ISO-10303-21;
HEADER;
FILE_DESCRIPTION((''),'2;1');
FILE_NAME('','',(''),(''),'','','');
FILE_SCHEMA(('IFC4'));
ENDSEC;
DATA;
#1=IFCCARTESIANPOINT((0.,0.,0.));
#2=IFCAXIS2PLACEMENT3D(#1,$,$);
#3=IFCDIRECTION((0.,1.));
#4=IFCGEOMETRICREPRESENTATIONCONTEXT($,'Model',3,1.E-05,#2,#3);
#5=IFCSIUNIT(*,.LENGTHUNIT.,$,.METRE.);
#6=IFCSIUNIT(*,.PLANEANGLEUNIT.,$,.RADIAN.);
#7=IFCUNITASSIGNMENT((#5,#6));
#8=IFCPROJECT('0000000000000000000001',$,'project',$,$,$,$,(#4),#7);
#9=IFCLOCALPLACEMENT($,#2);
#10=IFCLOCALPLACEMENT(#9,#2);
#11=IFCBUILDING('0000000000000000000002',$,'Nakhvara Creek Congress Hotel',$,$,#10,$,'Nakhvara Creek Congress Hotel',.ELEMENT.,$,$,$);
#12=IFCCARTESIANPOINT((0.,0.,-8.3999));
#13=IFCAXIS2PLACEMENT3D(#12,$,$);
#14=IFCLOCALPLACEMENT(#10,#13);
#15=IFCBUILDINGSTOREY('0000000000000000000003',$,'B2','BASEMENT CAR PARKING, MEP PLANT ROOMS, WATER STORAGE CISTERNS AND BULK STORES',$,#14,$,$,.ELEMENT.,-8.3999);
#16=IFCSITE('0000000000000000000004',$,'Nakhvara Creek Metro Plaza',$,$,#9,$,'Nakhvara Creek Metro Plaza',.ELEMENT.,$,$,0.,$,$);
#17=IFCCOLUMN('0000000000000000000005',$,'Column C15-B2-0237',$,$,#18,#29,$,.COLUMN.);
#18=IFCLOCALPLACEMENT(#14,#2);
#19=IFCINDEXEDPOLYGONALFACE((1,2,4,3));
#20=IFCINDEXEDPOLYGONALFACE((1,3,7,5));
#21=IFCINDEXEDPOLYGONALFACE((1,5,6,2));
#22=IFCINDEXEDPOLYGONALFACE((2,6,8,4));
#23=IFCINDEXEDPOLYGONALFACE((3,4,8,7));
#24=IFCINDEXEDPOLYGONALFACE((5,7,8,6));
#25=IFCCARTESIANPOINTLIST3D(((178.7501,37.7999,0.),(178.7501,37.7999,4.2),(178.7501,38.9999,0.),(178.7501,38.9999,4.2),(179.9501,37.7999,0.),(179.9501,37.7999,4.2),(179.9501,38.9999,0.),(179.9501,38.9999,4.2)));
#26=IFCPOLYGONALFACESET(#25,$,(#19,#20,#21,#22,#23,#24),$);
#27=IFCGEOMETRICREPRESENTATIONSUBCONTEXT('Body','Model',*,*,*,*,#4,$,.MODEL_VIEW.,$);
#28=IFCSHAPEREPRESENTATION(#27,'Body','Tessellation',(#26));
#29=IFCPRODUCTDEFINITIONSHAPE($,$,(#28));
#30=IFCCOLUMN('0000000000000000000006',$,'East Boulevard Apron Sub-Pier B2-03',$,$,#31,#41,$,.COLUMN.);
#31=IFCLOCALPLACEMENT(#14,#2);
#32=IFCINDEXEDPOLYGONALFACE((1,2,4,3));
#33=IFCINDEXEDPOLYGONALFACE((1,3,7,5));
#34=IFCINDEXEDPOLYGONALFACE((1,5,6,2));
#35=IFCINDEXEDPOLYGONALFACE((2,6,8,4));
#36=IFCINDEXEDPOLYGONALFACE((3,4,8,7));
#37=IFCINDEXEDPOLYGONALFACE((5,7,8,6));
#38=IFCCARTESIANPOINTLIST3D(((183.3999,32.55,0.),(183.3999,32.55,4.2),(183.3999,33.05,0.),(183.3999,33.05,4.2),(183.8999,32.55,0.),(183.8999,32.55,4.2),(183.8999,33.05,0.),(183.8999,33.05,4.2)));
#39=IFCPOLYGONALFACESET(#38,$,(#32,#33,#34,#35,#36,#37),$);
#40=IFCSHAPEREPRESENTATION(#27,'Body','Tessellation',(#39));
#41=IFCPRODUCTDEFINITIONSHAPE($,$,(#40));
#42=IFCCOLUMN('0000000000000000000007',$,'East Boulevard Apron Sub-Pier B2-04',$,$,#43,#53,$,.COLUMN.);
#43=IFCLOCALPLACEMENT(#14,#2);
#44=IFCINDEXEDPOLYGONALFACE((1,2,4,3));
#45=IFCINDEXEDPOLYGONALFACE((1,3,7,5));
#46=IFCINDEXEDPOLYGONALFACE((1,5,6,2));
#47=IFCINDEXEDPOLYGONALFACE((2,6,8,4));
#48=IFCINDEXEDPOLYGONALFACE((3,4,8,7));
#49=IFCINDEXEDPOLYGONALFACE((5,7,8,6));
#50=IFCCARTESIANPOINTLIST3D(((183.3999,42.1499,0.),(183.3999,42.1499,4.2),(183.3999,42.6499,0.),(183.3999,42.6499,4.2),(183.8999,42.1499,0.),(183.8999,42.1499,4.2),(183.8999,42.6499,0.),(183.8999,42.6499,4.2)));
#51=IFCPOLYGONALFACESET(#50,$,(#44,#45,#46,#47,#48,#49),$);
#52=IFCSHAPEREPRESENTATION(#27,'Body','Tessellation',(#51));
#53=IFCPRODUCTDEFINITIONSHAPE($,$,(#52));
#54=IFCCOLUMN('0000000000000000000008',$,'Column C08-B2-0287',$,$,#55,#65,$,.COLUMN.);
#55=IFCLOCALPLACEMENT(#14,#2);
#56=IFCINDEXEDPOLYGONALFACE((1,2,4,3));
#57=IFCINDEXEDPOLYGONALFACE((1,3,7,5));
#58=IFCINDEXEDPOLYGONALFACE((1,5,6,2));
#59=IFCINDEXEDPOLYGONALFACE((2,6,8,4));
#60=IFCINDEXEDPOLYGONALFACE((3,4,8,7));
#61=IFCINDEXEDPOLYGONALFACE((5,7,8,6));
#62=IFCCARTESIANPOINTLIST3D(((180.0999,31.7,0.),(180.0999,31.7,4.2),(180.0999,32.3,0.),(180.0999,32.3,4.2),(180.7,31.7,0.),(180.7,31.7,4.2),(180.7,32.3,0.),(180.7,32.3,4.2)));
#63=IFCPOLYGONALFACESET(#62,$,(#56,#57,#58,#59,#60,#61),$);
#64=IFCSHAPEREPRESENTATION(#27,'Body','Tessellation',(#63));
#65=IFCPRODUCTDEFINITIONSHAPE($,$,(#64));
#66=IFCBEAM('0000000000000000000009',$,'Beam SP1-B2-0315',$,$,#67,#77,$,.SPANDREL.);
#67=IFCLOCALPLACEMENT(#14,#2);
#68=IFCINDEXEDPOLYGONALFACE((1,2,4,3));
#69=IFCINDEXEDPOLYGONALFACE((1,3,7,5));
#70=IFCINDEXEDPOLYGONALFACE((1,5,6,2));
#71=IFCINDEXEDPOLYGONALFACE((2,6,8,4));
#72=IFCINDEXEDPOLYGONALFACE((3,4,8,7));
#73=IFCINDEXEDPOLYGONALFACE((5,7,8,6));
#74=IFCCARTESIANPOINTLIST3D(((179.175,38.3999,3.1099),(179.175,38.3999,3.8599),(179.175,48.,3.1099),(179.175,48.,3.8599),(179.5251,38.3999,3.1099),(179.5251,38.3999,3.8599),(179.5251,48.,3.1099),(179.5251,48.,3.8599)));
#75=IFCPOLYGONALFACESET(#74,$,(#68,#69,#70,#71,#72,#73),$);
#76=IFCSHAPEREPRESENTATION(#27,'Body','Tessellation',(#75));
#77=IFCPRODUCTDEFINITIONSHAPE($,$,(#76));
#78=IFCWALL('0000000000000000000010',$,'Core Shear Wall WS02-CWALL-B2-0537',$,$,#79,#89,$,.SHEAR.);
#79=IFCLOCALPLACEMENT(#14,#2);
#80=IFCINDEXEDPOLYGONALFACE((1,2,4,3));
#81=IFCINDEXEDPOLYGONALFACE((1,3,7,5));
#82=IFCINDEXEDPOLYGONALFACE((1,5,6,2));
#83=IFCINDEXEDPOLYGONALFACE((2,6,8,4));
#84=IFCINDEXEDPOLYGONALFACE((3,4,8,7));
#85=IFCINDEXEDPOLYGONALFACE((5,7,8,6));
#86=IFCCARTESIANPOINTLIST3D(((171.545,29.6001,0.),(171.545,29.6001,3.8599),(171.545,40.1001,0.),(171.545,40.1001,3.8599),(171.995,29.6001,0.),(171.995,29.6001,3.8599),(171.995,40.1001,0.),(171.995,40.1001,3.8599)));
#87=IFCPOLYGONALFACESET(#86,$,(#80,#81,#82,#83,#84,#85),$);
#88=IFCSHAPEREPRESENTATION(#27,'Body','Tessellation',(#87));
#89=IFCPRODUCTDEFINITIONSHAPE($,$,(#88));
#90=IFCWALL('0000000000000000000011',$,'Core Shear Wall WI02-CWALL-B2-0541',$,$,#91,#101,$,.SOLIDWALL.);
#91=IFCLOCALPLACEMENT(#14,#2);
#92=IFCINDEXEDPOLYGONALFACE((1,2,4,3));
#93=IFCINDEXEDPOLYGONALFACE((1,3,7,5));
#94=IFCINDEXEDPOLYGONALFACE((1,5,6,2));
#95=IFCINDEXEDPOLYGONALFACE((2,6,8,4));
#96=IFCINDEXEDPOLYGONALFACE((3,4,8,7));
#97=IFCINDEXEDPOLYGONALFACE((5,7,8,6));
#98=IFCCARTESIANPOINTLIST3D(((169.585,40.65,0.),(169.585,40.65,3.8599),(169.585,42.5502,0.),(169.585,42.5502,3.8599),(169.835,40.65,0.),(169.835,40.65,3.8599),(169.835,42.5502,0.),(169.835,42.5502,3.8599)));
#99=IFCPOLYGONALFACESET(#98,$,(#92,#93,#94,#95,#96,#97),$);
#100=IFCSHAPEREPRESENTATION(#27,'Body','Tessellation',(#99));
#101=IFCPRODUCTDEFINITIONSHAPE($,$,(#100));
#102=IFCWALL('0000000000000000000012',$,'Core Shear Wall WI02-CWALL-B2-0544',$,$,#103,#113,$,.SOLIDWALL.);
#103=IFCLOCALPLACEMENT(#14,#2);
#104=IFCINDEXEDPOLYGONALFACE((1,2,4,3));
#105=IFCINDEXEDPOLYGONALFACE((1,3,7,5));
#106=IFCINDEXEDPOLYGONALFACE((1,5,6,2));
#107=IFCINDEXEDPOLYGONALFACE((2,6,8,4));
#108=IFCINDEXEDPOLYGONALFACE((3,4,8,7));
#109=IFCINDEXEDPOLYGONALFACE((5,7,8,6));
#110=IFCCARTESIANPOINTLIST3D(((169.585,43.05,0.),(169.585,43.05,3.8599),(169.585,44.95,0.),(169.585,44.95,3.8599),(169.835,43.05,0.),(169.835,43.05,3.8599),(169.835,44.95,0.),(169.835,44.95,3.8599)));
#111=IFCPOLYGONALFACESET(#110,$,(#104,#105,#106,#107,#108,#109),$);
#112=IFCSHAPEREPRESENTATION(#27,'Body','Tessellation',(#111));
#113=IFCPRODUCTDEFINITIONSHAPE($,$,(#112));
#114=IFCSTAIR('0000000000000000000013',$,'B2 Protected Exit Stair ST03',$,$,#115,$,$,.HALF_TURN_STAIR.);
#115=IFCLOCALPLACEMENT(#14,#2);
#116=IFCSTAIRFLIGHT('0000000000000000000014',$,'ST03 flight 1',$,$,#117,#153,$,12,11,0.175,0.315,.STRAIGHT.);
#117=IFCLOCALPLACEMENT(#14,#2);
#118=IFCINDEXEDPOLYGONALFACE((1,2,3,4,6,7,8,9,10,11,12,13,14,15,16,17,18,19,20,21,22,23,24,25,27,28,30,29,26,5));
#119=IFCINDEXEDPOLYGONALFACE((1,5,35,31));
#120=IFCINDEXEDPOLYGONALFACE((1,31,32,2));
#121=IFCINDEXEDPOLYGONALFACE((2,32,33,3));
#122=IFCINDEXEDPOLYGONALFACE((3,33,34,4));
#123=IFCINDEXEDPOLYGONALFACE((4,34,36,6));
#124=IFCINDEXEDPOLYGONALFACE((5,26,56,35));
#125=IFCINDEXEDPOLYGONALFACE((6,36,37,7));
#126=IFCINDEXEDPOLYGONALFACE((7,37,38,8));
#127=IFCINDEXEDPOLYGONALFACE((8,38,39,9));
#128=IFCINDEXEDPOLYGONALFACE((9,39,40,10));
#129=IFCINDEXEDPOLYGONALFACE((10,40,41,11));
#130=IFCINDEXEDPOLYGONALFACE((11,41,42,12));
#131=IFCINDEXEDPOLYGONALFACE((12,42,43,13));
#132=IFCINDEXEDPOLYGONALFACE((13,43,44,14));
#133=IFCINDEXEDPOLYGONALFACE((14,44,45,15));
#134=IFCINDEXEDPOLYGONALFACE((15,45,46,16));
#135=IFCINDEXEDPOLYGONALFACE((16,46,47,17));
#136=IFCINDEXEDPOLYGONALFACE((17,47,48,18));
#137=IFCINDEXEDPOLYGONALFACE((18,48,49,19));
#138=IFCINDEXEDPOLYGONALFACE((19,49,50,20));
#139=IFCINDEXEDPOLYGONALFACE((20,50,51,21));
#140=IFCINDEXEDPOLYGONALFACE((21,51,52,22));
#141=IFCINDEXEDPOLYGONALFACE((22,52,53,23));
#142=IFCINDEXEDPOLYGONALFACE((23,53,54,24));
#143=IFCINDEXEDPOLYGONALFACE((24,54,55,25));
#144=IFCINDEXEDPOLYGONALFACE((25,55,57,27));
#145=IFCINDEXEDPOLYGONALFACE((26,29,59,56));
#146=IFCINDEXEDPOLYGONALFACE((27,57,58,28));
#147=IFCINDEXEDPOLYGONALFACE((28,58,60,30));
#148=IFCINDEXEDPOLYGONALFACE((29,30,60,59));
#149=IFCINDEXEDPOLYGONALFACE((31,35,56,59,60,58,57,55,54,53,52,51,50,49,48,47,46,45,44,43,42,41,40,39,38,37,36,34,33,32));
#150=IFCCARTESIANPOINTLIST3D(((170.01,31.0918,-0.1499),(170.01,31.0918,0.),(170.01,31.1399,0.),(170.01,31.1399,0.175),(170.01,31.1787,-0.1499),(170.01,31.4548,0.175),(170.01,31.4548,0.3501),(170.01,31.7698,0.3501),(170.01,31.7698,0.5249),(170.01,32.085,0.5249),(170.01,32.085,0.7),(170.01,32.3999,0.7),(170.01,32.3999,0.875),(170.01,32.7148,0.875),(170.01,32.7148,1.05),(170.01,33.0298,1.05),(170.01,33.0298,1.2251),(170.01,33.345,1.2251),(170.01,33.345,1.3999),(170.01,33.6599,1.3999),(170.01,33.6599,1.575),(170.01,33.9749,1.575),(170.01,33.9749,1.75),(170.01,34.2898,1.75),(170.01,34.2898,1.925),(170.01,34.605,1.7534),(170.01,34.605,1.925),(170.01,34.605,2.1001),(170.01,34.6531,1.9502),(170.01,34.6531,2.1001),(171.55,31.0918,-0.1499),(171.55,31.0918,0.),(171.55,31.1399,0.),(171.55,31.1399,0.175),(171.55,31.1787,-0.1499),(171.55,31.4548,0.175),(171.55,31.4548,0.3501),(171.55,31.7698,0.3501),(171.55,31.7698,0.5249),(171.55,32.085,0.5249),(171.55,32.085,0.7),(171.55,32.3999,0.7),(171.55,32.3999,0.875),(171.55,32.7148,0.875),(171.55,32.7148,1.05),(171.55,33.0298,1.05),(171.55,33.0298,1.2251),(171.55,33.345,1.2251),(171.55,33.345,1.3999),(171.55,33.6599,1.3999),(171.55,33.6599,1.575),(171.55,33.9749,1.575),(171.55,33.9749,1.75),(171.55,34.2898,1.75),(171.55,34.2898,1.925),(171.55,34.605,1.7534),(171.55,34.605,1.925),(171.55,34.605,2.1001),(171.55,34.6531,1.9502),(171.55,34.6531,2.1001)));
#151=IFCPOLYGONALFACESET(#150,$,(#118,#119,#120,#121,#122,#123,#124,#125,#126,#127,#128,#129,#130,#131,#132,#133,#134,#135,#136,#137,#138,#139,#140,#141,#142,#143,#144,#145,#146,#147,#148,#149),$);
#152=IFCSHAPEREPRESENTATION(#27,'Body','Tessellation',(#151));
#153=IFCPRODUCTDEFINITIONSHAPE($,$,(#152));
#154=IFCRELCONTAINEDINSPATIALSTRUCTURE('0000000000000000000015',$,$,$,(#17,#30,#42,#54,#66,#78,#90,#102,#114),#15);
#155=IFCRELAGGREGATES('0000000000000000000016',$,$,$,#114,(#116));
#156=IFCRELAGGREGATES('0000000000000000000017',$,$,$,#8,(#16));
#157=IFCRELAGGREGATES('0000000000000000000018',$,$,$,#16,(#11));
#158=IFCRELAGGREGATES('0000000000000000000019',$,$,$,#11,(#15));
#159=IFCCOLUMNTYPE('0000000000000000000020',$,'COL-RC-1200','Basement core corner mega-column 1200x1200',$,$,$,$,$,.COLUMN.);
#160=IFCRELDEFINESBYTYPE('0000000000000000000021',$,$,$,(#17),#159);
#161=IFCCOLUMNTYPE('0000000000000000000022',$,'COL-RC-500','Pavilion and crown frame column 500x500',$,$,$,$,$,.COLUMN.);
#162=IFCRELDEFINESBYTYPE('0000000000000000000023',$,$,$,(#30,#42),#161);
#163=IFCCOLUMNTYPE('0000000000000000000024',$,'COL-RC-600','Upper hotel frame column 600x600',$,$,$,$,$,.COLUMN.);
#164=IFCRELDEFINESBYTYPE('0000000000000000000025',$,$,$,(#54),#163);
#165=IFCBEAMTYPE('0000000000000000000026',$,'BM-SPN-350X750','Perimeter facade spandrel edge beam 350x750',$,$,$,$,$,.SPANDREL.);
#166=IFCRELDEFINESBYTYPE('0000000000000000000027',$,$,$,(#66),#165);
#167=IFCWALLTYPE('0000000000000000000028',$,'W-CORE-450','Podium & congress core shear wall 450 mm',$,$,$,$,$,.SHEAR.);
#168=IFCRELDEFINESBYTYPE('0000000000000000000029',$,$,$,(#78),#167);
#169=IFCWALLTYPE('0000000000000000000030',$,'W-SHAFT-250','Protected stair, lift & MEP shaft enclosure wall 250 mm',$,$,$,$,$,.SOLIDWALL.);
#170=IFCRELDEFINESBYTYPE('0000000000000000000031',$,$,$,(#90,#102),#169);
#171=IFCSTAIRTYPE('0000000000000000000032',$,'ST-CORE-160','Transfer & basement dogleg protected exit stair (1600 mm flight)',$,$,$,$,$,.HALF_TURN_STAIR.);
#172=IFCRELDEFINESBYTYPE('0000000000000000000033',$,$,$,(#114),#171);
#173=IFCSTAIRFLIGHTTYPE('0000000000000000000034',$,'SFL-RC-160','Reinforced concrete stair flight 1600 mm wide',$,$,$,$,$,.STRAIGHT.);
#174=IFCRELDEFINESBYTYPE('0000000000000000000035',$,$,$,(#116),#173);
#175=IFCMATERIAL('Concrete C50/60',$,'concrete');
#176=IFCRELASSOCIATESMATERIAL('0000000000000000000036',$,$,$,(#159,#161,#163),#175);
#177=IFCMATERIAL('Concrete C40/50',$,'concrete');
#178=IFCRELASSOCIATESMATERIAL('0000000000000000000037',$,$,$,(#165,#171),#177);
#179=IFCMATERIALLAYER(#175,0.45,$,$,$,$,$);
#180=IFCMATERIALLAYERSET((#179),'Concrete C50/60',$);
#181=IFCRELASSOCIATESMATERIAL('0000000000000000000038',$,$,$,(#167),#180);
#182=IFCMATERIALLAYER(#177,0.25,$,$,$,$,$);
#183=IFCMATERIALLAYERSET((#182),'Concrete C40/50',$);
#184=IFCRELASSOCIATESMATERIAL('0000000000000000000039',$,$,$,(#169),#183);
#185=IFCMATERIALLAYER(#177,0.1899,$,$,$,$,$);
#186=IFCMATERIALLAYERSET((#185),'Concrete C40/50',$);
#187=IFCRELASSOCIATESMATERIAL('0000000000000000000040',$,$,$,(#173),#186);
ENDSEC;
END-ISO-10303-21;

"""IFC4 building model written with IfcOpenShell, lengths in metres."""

from ifc_helpers import new_model, si_unit, direction, frame, frame_2d, origin, origin_2d, place, context, subcontext, project, spatial, polyline, rectangle, outline, extrude, material, layer, layer_set, material_profile, profile_set, type_object, element, aggregate, save


model = new_model("IFC4")

# Units and contexts
model_context = context("Model", 3, precision=1e-05, world=origin(), true_north=direction((0.0, 1.0)))
body_context = subcontext(model_context, "Body", "Model", "MODEL_VIEW")
ifc_project = project(units=[si_unit("LENGTHUNIT", "METRE"), si_unit("PLANEANGLEUNIT", "RADIAN")], contexts=[model_context])

# Site, building, storey
site_placement = place(None, origin())
site = spatial("IfcSite", under=ifc_project, at=site_placement, Name="Nakhvara Creek Metro Plaza", LongName="Nakhvara Creek Metro Plaza", CompositionType="ELEMENT", RefElevation=0.0)
building_placement = place(site_placement, origin())
building = spatial("IfcBuilding", under=site, at=building_placement, Name="Nakhvara Creek Congress Hotel", LongName="Nakhvara Creek Congress Hotel", CompositionType="ELEMENT")
storey_placement = place(building_placement, frame((0.0, 0.0, -8.3999)))
storey = spatial("IfcBuildingStorey", under=building, at=storey_placement, Name="B2", Description="BASEMENT CAR PARKING, MEP PLANT ROOMS, WATER STORAGE CISTERNS AND BULK STORES", CompositionType="ELEMENT", Elevation=-8.3999)

# Shared definitions
ifc_material_1 = material(Name="Concrete C40/50", Category="concrete")

# Columns
ifc_material_2 = material(Name="Concrete C50/60", Category="concrete")
ifc_material_profile_1 = material_profile(ifc_material_2, rectangle(XDim=1.2, YDim=1.2, at=origin_2d()), Name="RC-COL 1200x1200", Category="LoadBearing")
ifc_profile_set_1 = profile_set([ifc_material_profile_1], Name="Concrete C50/60")
column_type_1 = type_object("IfcColumnType", Name="COL-RC-1200", Description="Basement core corner mega-column 1200x1200", PredefinedType="COLUMN", material=ifc_profile_set_1)
column_1_placement = place(storey_placement, frame((179.3501, 38.3999, 0.0), z_axis=(0.0, 0.0, 1.0), x_axis=(1.0, 0.0, 0.0)))
element("IfcColumn", 1, at=column_1_placement, inside=storey, type_object=column_type_1, Name="Column C15-B2-0237", PredefinedType="COLUMN", context=body_context, shape_type="SweptSolid", body=[
    extrude(rectangle(XDim=1.2, YDim=1.2, at=origin_2d()), origin(), (0.0, 0.0, 1.0), 4.2),
])
ifc_material_profile_2 = material_profile(ifc_material_2, rectangle(XDim=0.5, YDim=0.5, at=origin_2d()), Name="RC-COL 500x500", Category="LoadBearing")
ifc_profile_set_2 = profile_set([ifc_material_profile_2], Name="Concrete C50/60")
column_type_2 = type_object("IfcColumnType", Name="COL-RC-500", Description="Pavilion and crown frame column 500x500", PredefinedType="COLUMN", material=ifc_profile_set_2)
for number, where, z_axis, x_axis, name in (
    (2, (183.6499, 32.8, 0.0), (0.0, 0.0, 1.0), (1.0, 0.0, 0.0), "East Boulevard Apron Sub-Pier B2-03"),
    (3, (183.6499, 42.3999, 0.0), (0.0, 0.0, 1.0), (1.0, 0.0, 0.0), "East Boulevard Apron Sub-Pier B2-04"),
):
    element("IfcColumn", number, at=place(storey_placement, frame(where, z_axis=z_axis, x_axis=x_axis)), inside=storey, type_object=column_type_2, Name=name, PredefinedType="COLUMN", context=body_context, shape_type="SweptSolid", body=[
        extrude(rectangle(XDim=0.5, YDim=0.5, at=origin_2d()), origin(), (0.0, 0.0, 1.0), 4.2),
    ])
ifc_material_profile_3 = material_profile(ifc_material_2, rectangle(XDim=0.6001, YDim=0.6001, at=origin_2d()), Name="RC-COL 600x600", Category="LoadBearing")
ifc_profile_set_3 = profile_set([ifc_material_profile_3], Name="Concrete C50/60")
column_type_3 = type_object("IfcColumnType", Name="COL-RC-600", Description="Upper hotel frame column 600x600", PredefinedType="COLUMN", material=ifc_profile_set_3)
column_2_placement = place(storey_placement, frame((180.3999, 32.0, 0.0), z_axis=(0.0, 0.0, 1.0), x_axis=(1.0, 0.0, 0.0)))
element("IfcColumn", 4, at=column_2_placement, inside=storey, type_object=column_type_3, Name="Column C08-B2-0287", PredefinedType="COLUMN", context=body_context, shape_type="SweptSolid", body=[
    extrude(rectangle(XDim=0.6001, YDim=0.6001, at=origin_2d()), origin(), (0.0, 0.0, 1.0), 4.2),
])

# Beam
ifc_material_profile_4 = material_profile(ifc_material_1, rectangle(XDim=0.3501, YDim=0.75, at=origin_2d()), Name="RC-SPANDREL 350x750", Category="LoadBearing")
ifc_profile_set_4 = profile_set([ifc_material_profile_4], Name="Concrete C40/50")
beam_type = type_object("IfcBeamType", Name="BM-SPN-350X750", Description="Perimeter facade spandrel edge beam 350x750", PredefinedType="SPANDREL", material=ifc_profile_set_4)
beam_placement = place(storey_placement, frame((179.3501, 38.3999, 3.4849), z_axis=(0.0, 1.0, 0.0), x_axis=(-1.0, 0.0, 0.0)))
element("IfcBeam", 5, at=beam_placement, inside=storey, type_object=beam_type, Name="Beam SP1-B2-0315", PredefinedType="SPANDREL", context=body_context, shape_type="SweptSolid", body=[
    extrude(rectangle(XDim=0.3501, YDim=0.75, at=origin_2d()), origin(), (0.0, 0.0, 1.0), 9.6001),
])

# Walls
ifc_layer_1 = layer(ifc_material_2, 0.45)
ifc_layer_set_1 = layer_set([ifc_layer_1], Name="Concrete C50/60")
wall_type_1 = type_object("IfcWallType", Name="W-CORE-450", Description="Podium & congress core shear wall 450 mm", PredefinedType="SHEAR", material=ifc_layer_set_1)
wall_1_placement = place(storey_placement, frame((171.77, 29.6001, 0.0), z_axis=(0.0, 0.0, 1.0), x_axis=(0.0, 1.0, 0.0)))
element("IfcWall", 6, at=wall_1_placement, inside=storey, type_object=wall_type_1, Name="Core Shear Wall WS02-CWALL-B2-0537", PredefinedType="SHEAR", context=body_context, shape_type="SweptSolid", body=[
    extrude(rectangle(XDim=10.5, YDim=0.45, at=frame_2d((5.25, 0.0))), origin(), (0.0, 0.0, 1.0), 3.8599),
])
ifc_layer_2 = layer(ifc_material_1, 0.25)
ifc_layer_set_2 = layer_set([ifc_layer_2], Name="Concrete C40/50")
wall_type_2 = type_object("IfcWallType", Name="W-SHAFT-250", Description="Protected stair, lift & MEP shaft enclosure wall 250 mm", PredefinedType="SOLIDWALL", material=ifc_layer_set_2)
wall_2_placement = place(storey_placement, frame((169.71, 40.6499, 0.0), z_axis=(0.0, 0.0, 1.0), x_axis=(0.0, 1.0, 0.0)))
element("IfcWall", 7, at=wall_2_placement, inside=storey, type_object=wall_type_2, Name="Core Shear Wall WI02-CWALL-B2-0541", PredefinedType="SOLIDWALL", context=body_context, shape_type="SweptSolid", body=[
    extrude(rectangle(XDim=1.9001, YDim=0.25, at=frame_2d((0.9502, 0.0))), origin(), (0.0, 0.0, 1.0), 3.8599),
])
wall_3_placement = place(storey_placement, frame((169.71, 43.05, 0.0), z_axis=(0.0, 0.0, 1.0), x_axis=(0.0, 1.0, 0.0)))
element("IfcWall", 8, at=wall_3_placement, inside=storey, type_object=wall_type_2, Name="Core Shear Wall WI02-CWALL-B2-0544", PredefinedType="SOLIDWALL", context=body_context, shape_type="SweptSolid", body=[
    extrude(rectangle(XDim=1.8999, YDim=0.25, at=frame_2d((0.95, 0.0))), origin(), (0.0, 0.0, 1.0), 3.8599),
])

# Stair, stair flight
stair_type = type_object("IfcStairType", Name="ST-CORE-160", Description="Transfer & basement dogleg protected exit stair (1600 mm flight)", PredefinedType="HALF_TURN_STAIR", material=ifc_material_1)
stair_placement = place(storey_placement, origin())
stair = element("IfcStair", 9, at=stair_placement, inside=storey, type_object=stair_type, Name="B2 Protected Exit Stair ST03", PredefinedType="HALF_TURN_STAIR")
ifc_layer_3 = layer(ifc_material_1, 0.1899)
ifc_layer_set_3 = layer_set([ifc_layer_3], Name="Concrete C40/50")
stair_flight_type = type_object("IfcStairFlightType", Name="SFL-RC-160", Description="Reinforced concrete stair flight 1600 mm wide", PredefinedType="STRAIGHT", material=ifc_layer_set_3)
stair_flight_1_placement = place(storey_placement, frame((170.78, 31.1399, 0.0), z_axis=(0.0, 0.0, 1.0), x_axis=(0.0, 1.0, 0.0)))
stair_flight_1 = element("IfcStairFlight", 10, at=stair_flight_1_placement, type_object=stair_flight_type, Name="ST03 flight 1", NumberOfRisers=12, NumberOfTreads=11, PredefinedType="STRAIGHT", RiserHeight=0.175, TreadLength=0.315, context=body_context, shape_type="SweptSolid", body=[
    extrude(outline(polyline([(-0.0481, 0.0), (0.0, 0.0), (0.0, 0.175), (0.3149, 0.175), (0.3149, 0.3501), (0.6299, 0.3501), (0.6299, 0.5249), (0.9451, 0.5249), (0.9451, 0.7), (1.26, 0.7), (1.26, 0.875), (1.575, 0.875), (1.575, 1.05), (1.8899, 1.05), (1.8899, 1.2251), (2.2051, 1.2251), (2.2051, 1.3999), (2.52, 1.3999), (2.52, 1.575), (2.835, 1.575), (2.835, 1.75), (3.1499, 1.75), (3.1499, 1.925), (3.4651, 1.925), (3.4651, 2.1001), (3.5132, 2.1001), (3.5132, 1.9502), (3.4651, 1.7534), (0.0388, -0.1499), (-0.0481, -0.1499), (-0.0481, 0.0)])), frame((0.0, 0.77, 0.0), z_axis=(0.0, -1.0, 0.0), x_axis=(1.0, 0.0, 0.0)), (0.0, 0.0, 1.0), 1.54),
])
aggregate(stair, [stair_flight_1])

save(model, "model.ifc")
